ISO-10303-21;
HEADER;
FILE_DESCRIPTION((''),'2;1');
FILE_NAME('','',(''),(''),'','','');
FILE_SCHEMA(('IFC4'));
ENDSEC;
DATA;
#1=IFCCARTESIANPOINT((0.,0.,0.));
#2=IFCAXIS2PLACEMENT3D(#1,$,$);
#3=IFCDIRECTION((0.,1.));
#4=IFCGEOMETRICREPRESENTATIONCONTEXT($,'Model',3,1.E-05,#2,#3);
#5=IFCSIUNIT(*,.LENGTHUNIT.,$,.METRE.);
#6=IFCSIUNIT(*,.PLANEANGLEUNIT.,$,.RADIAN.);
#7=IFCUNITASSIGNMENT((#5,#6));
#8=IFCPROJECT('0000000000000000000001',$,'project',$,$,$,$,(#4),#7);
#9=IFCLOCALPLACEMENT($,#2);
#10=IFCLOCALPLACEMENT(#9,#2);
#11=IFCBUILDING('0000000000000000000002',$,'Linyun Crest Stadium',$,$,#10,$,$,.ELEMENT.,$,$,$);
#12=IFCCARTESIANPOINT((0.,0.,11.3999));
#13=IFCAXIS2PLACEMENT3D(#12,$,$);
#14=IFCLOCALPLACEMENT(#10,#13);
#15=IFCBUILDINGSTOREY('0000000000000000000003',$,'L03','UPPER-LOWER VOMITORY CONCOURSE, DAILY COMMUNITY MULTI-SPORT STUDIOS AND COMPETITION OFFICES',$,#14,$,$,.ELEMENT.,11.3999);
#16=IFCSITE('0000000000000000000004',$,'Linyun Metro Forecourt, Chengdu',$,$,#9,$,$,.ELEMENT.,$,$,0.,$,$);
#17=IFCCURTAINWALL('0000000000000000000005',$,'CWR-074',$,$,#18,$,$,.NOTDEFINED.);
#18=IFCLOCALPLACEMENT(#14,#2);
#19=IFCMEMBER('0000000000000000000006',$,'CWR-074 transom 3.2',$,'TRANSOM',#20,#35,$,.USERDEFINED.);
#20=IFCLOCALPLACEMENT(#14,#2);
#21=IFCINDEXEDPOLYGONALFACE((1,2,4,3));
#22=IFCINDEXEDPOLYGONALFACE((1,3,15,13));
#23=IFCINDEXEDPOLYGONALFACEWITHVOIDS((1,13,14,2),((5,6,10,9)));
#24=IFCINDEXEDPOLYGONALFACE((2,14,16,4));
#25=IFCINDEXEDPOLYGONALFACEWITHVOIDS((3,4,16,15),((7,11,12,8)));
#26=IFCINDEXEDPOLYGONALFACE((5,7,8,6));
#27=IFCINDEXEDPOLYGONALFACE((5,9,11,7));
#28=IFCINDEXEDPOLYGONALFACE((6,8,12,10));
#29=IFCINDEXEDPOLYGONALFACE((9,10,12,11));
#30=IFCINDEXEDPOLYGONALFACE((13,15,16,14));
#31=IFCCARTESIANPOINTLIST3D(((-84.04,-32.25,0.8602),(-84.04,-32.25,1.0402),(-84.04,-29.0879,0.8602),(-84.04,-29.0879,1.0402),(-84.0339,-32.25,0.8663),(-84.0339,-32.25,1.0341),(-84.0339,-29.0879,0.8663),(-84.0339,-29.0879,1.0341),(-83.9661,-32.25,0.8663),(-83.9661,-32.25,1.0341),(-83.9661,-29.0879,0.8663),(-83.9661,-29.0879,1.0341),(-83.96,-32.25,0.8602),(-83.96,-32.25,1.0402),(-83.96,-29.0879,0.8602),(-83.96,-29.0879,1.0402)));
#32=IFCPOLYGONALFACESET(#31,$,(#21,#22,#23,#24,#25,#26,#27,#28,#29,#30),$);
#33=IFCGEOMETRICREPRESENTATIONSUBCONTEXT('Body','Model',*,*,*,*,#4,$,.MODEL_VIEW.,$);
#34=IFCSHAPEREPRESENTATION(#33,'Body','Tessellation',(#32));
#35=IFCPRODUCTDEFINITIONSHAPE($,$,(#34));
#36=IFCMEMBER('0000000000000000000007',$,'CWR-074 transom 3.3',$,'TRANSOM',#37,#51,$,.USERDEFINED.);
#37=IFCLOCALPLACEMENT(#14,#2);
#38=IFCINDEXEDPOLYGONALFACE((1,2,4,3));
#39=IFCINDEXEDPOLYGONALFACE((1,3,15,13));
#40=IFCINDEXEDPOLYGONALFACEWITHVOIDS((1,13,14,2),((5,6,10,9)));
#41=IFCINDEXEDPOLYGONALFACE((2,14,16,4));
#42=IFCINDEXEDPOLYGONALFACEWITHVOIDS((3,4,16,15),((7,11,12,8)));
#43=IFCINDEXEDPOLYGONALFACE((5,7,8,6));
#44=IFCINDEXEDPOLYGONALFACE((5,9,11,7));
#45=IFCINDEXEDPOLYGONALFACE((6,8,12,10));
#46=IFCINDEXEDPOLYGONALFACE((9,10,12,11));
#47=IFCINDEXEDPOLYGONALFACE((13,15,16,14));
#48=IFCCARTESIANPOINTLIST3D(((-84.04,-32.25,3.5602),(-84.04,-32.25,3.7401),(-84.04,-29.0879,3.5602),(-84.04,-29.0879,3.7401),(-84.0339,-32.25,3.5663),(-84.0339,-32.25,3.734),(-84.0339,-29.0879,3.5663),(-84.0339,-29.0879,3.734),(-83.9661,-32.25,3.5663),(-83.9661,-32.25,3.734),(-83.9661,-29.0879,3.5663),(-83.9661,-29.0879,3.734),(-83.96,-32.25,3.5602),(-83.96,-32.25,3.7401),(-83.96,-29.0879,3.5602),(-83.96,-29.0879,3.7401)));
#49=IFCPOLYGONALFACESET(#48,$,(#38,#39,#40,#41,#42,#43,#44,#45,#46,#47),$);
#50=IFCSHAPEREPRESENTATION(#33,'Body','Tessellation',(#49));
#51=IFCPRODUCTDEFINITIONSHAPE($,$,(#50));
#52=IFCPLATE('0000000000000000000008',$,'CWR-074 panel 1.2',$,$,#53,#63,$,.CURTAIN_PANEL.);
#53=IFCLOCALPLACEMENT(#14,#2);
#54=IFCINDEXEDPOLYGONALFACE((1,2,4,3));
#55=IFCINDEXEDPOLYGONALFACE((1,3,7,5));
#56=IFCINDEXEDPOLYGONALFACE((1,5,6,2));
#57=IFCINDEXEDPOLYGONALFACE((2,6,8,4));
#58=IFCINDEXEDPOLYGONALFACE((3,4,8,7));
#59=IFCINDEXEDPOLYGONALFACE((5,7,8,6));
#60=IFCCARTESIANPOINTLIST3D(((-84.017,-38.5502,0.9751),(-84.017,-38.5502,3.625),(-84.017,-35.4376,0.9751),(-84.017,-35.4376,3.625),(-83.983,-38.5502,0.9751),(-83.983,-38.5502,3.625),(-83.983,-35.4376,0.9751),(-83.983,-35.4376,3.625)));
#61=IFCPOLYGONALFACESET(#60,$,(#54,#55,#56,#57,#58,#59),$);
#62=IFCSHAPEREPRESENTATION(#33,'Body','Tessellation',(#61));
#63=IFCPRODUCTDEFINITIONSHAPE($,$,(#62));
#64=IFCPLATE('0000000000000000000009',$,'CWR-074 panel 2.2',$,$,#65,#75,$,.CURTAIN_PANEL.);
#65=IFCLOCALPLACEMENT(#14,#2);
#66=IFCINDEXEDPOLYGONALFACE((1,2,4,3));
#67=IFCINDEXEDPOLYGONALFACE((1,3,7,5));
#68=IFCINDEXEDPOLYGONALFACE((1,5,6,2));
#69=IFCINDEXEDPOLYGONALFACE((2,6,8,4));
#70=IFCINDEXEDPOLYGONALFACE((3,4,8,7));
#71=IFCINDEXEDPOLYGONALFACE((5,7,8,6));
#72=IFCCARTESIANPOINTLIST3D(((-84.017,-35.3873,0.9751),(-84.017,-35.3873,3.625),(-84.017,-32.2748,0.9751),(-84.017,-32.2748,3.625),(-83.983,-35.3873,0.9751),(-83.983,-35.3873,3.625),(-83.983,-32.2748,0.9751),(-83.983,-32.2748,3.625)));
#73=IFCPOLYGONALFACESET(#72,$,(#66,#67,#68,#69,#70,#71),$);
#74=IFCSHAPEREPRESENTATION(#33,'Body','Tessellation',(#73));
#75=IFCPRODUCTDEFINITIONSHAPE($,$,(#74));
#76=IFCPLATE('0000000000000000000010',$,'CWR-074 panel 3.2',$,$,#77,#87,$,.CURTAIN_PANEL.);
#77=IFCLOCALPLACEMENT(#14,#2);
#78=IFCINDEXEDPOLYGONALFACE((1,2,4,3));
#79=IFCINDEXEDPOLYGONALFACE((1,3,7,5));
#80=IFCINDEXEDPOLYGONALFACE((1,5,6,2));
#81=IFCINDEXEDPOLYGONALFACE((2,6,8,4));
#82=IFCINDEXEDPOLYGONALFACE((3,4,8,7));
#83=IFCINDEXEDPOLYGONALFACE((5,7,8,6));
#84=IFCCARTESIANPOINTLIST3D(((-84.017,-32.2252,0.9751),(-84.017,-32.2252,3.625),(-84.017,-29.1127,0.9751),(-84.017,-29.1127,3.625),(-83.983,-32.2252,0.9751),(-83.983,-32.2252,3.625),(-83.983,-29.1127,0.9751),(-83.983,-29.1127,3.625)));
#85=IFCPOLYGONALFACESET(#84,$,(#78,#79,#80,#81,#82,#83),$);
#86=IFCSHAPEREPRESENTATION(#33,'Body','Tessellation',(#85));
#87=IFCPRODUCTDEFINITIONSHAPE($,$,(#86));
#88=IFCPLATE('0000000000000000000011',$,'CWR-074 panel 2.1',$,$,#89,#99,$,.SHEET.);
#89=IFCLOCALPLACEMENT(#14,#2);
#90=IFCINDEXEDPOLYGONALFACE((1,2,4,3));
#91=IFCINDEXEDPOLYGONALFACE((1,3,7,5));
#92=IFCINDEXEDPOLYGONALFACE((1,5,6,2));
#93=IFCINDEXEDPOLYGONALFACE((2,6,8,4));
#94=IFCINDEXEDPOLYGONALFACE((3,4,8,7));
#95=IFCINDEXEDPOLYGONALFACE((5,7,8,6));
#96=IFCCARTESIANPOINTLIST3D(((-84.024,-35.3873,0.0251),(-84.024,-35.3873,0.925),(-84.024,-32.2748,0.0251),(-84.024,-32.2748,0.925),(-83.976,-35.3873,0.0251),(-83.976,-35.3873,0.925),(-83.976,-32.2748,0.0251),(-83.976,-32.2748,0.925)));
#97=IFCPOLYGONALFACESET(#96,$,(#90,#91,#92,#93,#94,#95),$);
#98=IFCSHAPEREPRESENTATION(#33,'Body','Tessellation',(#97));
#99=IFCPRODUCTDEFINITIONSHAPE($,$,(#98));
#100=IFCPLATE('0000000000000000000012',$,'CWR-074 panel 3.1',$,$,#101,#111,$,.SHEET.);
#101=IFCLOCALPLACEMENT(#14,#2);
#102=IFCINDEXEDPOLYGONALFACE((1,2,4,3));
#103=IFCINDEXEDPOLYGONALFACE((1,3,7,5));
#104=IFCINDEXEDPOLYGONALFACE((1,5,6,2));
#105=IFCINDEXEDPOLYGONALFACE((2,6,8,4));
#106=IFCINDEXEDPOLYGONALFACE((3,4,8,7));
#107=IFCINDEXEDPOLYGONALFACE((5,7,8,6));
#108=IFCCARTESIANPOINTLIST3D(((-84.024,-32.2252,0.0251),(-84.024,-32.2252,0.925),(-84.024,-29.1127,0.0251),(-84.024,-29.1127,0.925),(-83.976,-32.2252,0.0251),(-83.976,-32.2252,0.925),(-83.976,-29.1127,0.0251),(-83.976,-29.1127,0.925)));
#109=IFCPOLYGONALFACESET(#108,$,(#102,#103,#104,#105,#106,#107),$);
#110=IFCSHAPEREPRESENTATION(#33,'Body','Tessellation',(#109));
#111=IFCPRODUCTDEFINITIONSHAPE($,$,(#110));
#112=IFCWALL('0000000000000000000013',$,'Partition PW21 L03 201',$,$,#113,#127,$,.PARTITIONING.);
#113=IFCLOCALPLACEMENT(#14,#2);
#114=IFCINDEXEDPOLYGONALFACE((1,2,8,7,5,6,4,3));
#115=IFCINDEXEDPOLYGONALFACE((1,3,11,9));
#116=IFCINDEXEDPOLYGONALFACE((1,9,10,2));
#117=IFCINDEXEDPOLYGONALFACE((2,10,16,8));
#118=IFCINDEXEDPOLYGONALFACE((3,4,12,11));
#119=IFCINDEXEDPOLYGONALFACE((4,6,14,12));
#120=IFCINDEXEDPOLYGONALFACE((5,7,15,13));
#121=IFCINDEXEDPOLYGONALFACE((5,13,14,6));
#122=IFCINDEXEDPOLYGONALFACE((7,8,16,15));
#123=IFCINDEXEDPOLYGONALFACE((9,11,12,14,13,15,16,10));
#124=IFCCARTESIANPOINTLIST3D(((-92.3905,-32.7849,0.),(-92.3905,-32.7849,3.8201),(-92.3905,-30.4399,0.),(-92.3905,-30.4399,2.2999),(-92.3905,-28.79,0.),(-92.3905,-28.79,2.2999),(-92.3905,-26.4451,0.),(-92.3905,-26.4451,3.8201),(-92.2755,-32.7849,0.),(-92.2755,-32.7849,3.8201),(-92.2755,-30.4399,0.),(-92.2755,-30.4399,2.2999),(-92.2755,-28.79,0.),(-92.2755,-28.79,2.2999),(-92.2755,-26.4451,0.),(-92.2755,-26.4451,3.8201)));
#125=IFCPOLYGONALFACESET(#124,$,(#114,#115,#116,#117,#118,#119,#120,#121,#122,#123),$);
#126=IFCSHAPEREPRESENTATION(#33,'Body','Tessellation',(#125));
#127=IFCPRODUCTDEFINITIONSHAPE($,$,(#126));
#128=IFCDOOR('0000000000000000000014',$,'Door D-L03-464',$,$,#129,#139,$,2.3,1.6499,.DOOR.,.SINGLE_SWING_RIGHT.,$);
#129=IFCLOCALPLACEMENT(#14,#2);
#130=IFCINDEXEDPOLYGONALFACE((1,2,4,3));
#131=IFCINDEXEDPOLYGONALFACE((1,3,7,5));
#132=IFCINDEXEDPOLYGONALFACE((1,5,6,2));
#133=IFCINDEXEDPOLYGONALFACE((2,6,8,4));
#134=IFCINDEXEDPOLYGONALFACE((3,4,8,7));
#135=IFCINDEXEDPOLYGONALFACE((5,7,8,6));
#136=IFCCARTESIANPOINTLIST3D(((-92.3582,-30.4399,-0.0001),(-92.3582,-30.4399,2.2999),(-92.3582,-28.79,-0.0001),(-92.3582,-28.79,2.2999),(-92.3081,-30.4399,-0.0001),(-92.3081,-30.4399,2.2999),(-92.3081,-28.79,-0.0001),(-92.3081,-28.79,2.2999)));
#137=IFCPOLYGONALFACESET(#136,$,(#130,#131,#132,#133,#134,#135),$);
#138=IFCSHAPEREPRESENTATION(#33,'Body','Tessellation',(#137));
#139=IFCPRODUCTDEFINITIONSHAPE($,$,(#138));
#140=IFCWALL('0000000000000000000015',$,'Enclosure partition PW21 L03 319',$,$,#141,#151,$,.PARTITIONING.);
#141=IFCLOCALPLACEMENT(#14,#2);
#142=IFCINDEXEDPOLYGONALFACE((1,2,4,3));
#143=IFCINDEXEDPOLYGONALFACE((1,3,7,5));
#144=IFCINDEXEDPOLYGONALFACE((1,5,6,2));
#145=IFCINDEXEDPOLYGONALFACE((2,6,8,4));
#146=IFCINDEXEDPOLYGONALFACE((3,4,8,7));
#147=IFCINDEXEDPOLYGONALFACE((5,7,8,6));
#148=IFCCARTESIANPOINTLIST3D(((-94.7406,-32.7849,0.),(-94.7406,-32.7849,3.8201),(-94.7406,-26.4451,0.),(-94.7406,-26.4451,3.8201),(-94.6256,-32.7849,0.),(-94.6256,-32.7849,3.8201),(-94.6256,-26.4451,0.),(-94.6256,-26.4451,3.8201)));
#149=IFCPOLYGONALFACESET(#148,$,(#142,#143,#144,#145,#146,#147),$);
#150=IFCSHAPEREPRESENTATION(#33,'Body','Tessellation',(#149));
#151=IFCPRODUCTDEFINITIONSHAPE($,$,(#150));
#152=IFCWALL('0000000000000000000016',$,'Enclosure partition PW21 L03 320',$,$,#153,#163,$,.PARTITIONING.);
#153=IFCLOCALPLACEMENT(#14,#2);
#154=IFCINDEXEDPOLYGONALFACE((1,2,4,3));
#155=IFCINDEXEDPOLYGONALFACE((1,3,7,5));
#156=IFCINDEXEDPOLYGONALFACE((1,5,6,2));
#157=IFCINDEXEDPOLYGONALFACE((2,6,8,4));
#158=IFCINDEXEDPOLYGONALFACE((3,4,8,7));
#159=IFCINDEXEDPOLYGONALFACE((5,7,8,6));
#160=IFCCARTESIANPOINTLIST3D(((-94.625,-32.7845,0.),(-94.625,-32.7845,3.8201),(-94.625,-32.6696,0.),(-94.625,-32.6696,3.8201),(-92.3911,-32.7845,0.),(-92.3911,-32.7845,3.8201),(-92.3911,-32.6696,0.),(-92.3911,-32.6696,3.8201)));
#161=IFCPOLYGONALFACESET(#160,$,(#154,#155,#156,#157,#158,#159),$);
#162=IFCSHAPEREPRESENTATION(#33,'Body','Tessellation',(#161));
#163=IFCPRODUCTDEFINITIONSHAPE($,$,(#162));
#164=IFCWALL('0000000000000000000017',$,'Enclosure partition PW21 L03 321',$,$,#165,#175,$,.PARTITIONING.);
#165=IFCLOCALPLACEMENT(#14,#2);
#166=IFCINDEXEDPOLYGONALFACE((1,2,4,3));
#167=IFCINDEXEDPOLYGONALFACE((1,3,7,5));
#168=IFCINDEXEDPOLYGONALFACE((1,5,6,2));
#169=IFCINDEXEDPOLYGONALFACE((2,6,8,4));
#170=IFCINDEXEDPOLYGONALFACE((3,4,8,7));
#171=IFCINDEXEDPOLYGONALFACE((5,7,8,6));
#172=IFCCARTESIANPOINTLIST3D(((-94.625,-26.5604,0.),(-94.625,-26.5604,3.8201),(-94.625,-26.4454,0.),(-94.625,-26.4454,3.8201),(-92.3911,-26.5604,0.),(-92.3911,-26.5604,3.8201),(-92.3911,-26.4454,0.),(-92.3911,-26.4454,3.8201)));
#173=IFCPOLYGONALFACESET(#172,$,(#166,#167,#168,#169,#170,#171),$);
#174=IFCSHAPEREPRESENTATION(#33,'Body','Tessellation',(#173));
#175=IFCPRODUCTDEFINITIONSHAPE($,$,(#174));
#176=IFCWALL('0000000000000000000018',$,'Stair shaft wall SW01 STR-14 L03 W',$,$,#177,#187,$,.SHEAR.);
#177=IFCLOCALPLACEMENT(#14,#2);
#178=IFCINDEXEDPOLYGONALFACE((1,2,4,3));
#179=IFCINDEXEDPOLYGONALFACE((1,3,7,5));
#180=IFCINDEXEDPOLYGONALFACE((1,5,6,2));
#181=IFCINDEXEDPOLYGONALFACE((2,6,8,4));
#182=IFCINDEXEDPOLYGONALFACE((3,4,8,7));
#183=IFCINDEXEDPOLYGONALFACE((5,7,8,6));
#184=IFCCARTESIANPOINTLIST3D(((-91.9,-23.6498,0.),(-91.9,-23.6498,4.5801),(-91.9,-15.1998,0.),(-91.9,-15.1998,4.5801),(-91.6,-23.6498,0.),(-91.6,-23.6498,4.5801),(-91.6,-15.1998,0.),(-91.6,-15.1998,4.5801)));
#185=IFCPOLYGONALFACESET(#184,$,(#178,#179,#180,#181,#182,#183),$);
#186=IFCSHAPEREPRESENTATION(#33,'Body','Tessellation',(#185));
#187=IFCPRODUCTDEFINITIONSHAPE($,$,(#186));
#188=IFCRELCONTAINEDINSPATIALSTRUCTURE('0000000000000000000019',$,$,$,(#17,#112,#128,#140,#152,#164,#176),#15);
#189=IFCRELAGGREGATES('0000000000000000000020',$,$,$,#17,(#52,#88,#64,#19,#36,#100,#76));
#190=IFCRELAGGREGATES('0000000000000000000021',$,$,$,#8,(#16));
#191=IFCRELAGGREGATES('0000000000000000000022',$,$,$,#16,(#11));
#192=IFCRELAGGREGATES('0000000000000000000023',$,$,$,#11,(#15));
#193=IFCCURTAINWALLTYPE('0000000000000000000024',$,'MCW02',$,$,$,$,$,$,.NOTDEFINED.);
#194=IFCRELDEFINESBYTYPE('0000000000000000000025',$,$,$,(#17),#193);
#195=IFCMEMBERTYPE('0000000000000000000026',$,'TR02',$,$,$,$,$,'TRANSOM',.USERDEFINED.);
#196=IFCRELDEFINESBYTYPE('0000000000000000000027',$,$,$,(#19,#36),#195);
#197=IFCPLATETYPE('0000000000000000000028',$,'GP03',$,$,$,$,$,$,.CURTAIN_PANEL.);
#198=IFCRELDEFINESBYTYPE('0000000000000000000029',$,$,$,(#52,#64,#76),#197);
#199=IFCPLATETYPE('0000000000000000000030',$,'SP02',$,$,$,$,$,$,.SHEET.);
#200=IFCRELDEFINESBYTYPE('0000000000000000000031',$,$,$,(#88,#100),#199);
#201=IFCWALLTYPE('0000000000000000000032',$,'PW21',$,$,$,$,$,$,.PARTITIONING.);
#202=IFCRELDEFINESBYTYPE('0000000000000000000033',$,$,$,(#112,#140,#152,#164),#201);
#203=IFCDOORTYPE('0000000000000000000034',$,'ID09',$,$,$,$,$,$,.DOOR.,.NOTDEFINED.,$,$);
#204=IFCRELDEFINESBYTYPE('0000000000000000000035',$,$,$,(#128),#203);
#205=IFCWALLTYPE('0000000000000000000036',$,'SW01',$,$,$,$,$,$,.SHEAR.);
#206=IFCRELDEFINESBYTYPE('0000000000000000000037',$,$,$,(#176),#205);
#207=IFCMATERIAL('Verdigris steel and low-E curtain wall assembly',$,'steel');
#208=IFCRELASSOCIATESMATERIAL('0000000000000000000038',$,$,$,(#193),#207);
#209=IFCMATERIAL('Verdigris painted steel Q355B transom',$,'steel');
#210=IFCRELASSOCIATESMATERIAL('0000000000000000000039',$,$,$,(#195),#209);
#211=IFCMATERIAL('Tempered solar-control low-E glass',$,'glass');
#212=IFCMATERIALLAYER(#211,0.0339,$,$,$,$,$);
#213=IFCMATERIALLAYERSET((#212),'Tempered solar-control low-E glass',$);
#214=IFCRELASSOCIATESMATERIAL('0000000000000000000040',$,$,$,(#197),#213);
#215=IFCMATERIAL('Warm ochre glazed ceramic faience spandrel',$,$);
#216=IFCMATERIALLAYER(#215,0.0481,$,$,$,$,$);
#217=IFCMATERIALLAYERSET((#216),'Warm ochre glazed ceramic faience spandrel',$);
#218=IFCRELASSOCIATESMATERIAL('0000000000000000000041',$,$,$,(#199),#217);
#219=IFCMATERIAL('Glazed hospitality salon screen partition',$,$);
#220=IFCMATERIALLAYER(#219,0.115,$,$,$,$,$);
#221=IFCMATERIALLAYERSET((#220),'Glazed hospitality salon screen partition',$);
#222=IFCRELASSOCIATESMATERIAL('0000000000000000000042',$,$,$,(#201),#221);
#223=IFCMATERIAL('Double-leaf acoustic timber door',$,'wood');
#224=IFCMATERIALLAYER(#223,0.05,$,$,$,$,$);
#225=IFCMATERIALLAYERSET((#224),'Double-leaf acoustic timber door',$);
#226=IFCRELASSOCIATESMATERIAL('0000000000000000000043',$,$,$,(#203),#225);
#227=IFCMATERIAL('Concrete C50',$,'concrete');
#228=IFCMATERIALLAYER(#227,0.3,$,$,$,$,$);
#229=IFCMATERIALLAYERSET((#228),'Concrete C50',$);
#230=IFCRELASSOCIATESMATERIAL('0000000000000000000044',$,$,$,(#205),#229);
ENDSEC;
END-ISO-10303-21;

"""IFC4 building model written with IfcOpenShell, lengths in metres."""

from ifc_helpers import new_model, si_unit, direction, frame, frame_2d, origin, origin_2d, place, context, subcontext, project, spatial, rectangle, hollow_rectangle, extrude, material, layer, layer_set, material_profile, profile_set, type_object, element, fill, aggregate, save


model = new_model("IFC4")

# Units and contexts
model_context = context("Model", 3, precision=1e-05, world=origin(), true_north=direction((0.0, 1.0)))
body_context = subcontext(model_context, "Body", "Model", "MODEL_VIEW")
ifc_project = project(units=[si_unit("LENGTHUNIT", "METRE"), si_unit("PLANEANGLEUNIT", "RADIAN")], contexts=[model_context])

# Site, building, storey
site_placement = place(None, origin())
site = spatial("IfcSite", under=ifc_project, at=site_placement, Name="Linyun Metro Forecourt, Chengdu", CompositionType="ELEMENT", RefElevation=0.0)
building_placement = place(site_placement, origin())
building = spatial("IfcBuilding", under=site, at=building_placement, Name="Linyun Crest Stadium", CompositionType="ELEMENT")
storey_placement = place(building_placement, frame((0.0, 0.0, 11.3999)))
storey = spatial("IfcBuildingStorey", under=building, at=storey_placement, Name="L03", Description="UPPER-LOWER VOMITORY CONCOURSE, DAILY COMMUNITY MULTI-SPORT STUDIOS AND COMPETITION OFFICES", CompositionType="ELEMENT", Elevation=11.3999)

# Curtain wall
ifc_material_1 = material(Name="Verdigris steel and low-E curtain wall assembly", Category="steel")
curtain_wall_type = type_object("IfcCurtainWallType", Name="MCW02", PredefinedType="NOTDEFINED", material=ifc_material_1)
curtain_wall_placement = place(storey_placement, origin())
curtain_wall = element("IfcCurtainWall", 1, at=curtain_wall_placement, inside=storey, type_object=curtain_wall_type, Name="CWR-074", PredefinedType="NOTDEFINED")

# Members
ifc_material_2 = material(Name="Verdigris painted steel Q355B transom", Category="steel")
ifc_material_profile_1 = material_profile(ifc_material_2, hollow_rectangle(XDim=0.0801, YDim=0.1799, WallThickness=0.0061, at=origin_2d()), Name="RHS 180x80x6")
ifc_profile_set_1 = profile_set([ifc_material_profile_1], Name="Verdigris painted steel Q355B transom")
member_type_1 = type_object("IfcMemberType", Name="TR02", ElementType="TRANSOM", PredefinedType="USERDEFINED", material=ifc_profile_set_1)
member_1_placement = place(storey_placement, frame((-84.0, -32.25, 0.9502), z_axis=(0.0, 1.0, 0.0), x_axis=(-1.0, 0.0, 0.0)))
member_1 = element("IfcMember", 2, at=member_1_placement, type_object=member_type_1, Name="CWR-074 transom 3.2", ObjectType="TRANSOM", PredefinedType="USERDEFINED", context=body_context, shape_type="SweptSolid", body=[
    extrude(hollow_rectangle(XDim=0.0801, YDim=0.1799, WallThickness=0.0061, at=origin_2d()), origin(), (0.0, 0.0, 1.0), 3.1621),
])
member_2_placement = place(storey_placement, frame((-84.0, -32.25, 3.6501), z_axis=(0.0, 1.0, 0.0), x_axis=(-1.0, 0.0, 0.0)))
member_2 = element("IfcMember", 3, at=member_2_placement, type_object=member_type_1, Name="CWR-074 transom 3.3", ObjectType="TRANSOM", PredefinedType="USERDEFINED", context=body_context, shape_type="SweptSolid", body=[
    extrude(hollow_rectangle(XDim=0.0801, YDim=0.1799, WallThickness=0.0061, at=origin_2d()), origin(), (0.0, 0.0, 1.0), 3.1621),
])

# Plates
ifc_material_3 = material(Name="Tempered solar-control low-E glass", Category="glass")
ifc_layer_1 = layer(ifc_material_3, 0.0339)
ifc_layer_set_1 = layer_set([ifc_layer_1], Name="Tempered solar-control low-E glass")
plate_type_1 = type_object("IfcPlateType", Name="GP03", PredefinedType="CURTAIN_PANEL", material=ifc_layer_set_1)
plate_1_placement = place(storey_placement, frame((-84.0, -36.9939, 0.9751), z_axis=(0.0, 0.0, 1.0), x_axis=(0.0, 1.0, 0.0)))
plate_1 = element("IfcPlate", 4, at=plate_1_placement, type_object=plate_type_1, Name="CWR-074 panel 1.2", PredefinedType="CURTAIN_PANEL", context=body_context, shape_type="SweptSolid", body=[
    extrude(rectangle(XDim=3.1125, YDim=0.0339, at=origin_2d()), origin(), (0.0, 0.0, 1.0), 2.6499),
])
plate_2_placement = place(storey_placement, frame((-84.0, -33.8311, 0.9751), z_axis=(0.0, 0.0, 1.0), x_axis=(0.0, 1.0, 0.0)))
plate_2 = element("IfcPlate", 5, at=plate_2_placement, type_object=plate_type_1, Name="CWR-074 panel 2.2", PredefinedType="CURTAIN_PANEL", context=body_context, shape_type="SweptSolid", body=[
    extrude(rectangle(XDim=3.1125, YDim=0.0339, at=origin_2d()), origin(), (0.0, 0.0, 1.0), 2.6499),
])
plate_3_placement = place(storey_placement, frame((-84.0, -30.6689, 0.9751), z_axis=(0.0, 0.0, 1.0), x_axis=(0.0, 1.0, 0.0)))
plate_3 = element("IfcPlate", 6, at=plate_3_placement, type_object=plate_type_1, Name="CWR-074 panel 3.2", PredefinedType="CURTAIN_PANEL", context=body_context, shape_type="SweptSolid", body=[
    extrude(rectangle(XDim=3.1125, YDim=0.0339, at=origin_2d()), origin(), (0.0, 0.0, 1.0), 2.6499),
])
ifc_material_4 = material(Name="Warm ochre glazed ceramic faience spandrel")
ifc_layer_2 = layer(ifc_material_4, 0.0481)
ifc_layer_set_2 = layer_set([ifc_layer_2], Name="Warm ochre glazed ceramic faience spandrel")
plate_type_2 = type_object("IfcPlateType", Name="SP02", PredefinedType="SHEET", material=ifc_layer_set_2)
plate_4_placement = place(storey_placement, frame((-84.0, -33.8311, 0.0251), z_axis=(0.0, 0.0, 1.0), x_axis=(0.0, 1.0, 0.0)))
plate_4 = element("IfcPlate", 7, at=plate_4_placement, type_object=plate_type_2, Name="CWR-074 panel 2.1", PredefinedType="SHEET", context=body_context, shape_type="SweptSolid", body=[
    extrude(rectangle(XDim=3.1125, YDim=0.0481, at=origin_2d()), origin(), (0.0, 0.0, 1.0), 0.8999),
])
plate_5_placement = place(storey_placement, frame((-84.0, -30.6689, 0.0251), z_axis=(0.0, 0.0, 1.0), x_axis=(0.0, 1.0, 0.0)))
plate_5 = element("IfcPlate", 8, at=plate_5_placement, type_object=plate_type_2, Name="CWR-074 panel 3.1", PredefinedType="SHEET", context=body_context, shape_type="SweptSolid", body=[
    extrude(rectangle(XDim=3.1125, YDim=0.0481, at=origin_2d()), origin(), (0.0, 0.0, 1.0), 0.8999),
])
aggregate(curtain_wall, [plate_1, plate_4, plate_2, member_1, member_2, plate_5, plate_3])

# Wall, opening, door
ifc_material_5 = material(Name="Glazed hospitality salon screen partition")
ifc_layer_3 = layer(ifc_material_5, 0.115)
ifc_layer_set_3 = layer_set([ifc_layer_3], Name="Glazed hospitality salon screen partition")
wall_type_1 = type_object("IfcWallType", Name="PW21", PredefinedType="PARTITIONING", material=ifc_layer_set_3)
wall_1_placement = place(storey_placement, frame((-92.333, -26.4451, 0.0), z_axis=(0.0, 0.0, 1.0), x_axis=(0.0, -1.0, 0.0)))
wall_1 = element("IfcWall", 9, at=wall_1_placement, inside=storey, type_object=wall_type_1, Name="Partition PW21 L03 201", PredefinedType="PARTITIONING", context=body_context, shape_type="SweptSolid", body=[
    extrude(rectangle(XDim=6.3398, YDim=0.115, at=frame_2d((3.1699, 0.0))), origin(), (0.0, 0.0, 1.0), 3.8201),
])
opening_placement = place(wall_1_placement, frame((2.345, 0.0, 0.0)))
opening = element("IfcOpeningElement", 10, at=opening_placement, cuts=wall_1, PredefinedType="OPENING", context=body_context, shape_type="SweptSolid", body=[
    extrude(rectangle(XDim=1.6499, YDim=2.3, at=frame_2d((0.825, 1.1499))), frame((0.0, 0.0674, 0.0), z_axis=(0.0, -1.0, 0.0), x_axis=(1.0, 0.0, 0.0)), (0.0, 0.0, 1.0), 0.135),
])
ifc_material_6 = material(Name="Double-leaf acoustic timber door", Category="wood")
ifc_layer_4 = layer(ifc_material_6, 0.05)
ifc_layer_set_4 = layer_set([ifc_layer_4], Name="Double-leaf acoustic timber door")
door_type = type_object("IfcDoorType", Name="ID09", OperationType="NOTDEFINED", PredefinedType="DOOR", material=ifc_layer_set_4)
door_placement = place(opening_placement, origin())
door = element("IfcDoor", 11, at=door_placement, inside=storey, type_object=door_type, Name="Door D-L03-464", OperationType="SINGLE_SWING_RIGHT", OverallHeight=2.3, OverallWidth=1.6499, PredefinedType="DOOR", context=body_context, shape_type="SweptSolid", body=[
    extrude(rectangle(XDim=1.6499, YDim=2.3, at=frame_2d((0.825, 1.1499))), frame((0.0, 0.0249, 0.0), z_axis=(0.0, -1.0, 0.0), x_axis=(1.0, 0.0, 0.0)), (0.0, 0.0, 1.0), 0.05),
])
fill(opening, door)

# Walls
wall_2_placement = place(storey_placement, frame((-94.6831, -32.7849, 0.0), z_axis=(0.0, 0.0, 1.0), x_axis=(0.0, 1.0, 0.0)))
element("IfcWall", 12, at=wall_2_placement, inside=storey, type_object=wall_type_1, Name="Enclosure partition PW21 L03 319", PredefinedType="PARTITIONING", context=body_context, shape_type="SweptSolid", body=[
    extrude(rectangle(XDim=6.3398, YDim=0.115, at=frame_2d((3.1699, 0.0))), origin(), (0.0, 0.0, 1.0), 3.8201),
])
for number, where, z_axis, x_axis, name in (
    (13, (-94.625, -32.7271, 0.0), (0.0, 0.0, 1.0), (1.0, 0.0, 0.0), "Enclosure partition PW21 L03 320"),
    (14, (-94.625, -26.5029, 0.0), (0.0, 0.0, 1.0), (1.0, 0.0, 0.0), "Enclosure partition PW21 L03 321"),
):
    element("IfcWall", number, at=place(storey_placement, frame(where, z_axis=z_axis, x_axis=x_axis)), inside=storey, type_object=wall_type_1, Name=name, PredefinedType="PARTITIONING", context=body_context, shape_type="SweptSolid", body=[
        extrude(rectangle(XDim=2.2339, YDim=0.115, at=frame_2d((1.1169, 0.0))), origin(), (0.0, 0.0, 1.0), 3.8201),
    ])
ifc_material_7 = material(Name="Concrete C50", Category="concrete")
ifc_layer_5 = layer(ifc_material_7, 0.3)
ifc_layer_set_5 = layer_set([ifc_layer_5], Name="Concrete C50")
wall_type_2 = type_object("IfcWallType", Name="SW01", PredefinedType="SHEAR", material=ifc_layer_set_5)
wall_3_placement = place(storey_placement, frame((-91.75, -23.6499, 0.0), z_axis=(0.0, 0.0, 1.0), x_axis=(0.0, 1.0, 0.0)))
element("IfcWall", 15, at=wall_3_placement, inside=storey, type_object=wall_type_2, Name="Stair shaft wall SW01 STR-14 L03 W", PredefinedType="SHEAR", context=body_context, shape_type="SweptSolid", body=[
    extrude(rectangle(XDim=8.45, YDim=0.3, at=frame_2d((4.2251, 0.0))), origin(), (0.0, 0.0, 1.0), 4.5801),
])

save(model, "model.ifc")
